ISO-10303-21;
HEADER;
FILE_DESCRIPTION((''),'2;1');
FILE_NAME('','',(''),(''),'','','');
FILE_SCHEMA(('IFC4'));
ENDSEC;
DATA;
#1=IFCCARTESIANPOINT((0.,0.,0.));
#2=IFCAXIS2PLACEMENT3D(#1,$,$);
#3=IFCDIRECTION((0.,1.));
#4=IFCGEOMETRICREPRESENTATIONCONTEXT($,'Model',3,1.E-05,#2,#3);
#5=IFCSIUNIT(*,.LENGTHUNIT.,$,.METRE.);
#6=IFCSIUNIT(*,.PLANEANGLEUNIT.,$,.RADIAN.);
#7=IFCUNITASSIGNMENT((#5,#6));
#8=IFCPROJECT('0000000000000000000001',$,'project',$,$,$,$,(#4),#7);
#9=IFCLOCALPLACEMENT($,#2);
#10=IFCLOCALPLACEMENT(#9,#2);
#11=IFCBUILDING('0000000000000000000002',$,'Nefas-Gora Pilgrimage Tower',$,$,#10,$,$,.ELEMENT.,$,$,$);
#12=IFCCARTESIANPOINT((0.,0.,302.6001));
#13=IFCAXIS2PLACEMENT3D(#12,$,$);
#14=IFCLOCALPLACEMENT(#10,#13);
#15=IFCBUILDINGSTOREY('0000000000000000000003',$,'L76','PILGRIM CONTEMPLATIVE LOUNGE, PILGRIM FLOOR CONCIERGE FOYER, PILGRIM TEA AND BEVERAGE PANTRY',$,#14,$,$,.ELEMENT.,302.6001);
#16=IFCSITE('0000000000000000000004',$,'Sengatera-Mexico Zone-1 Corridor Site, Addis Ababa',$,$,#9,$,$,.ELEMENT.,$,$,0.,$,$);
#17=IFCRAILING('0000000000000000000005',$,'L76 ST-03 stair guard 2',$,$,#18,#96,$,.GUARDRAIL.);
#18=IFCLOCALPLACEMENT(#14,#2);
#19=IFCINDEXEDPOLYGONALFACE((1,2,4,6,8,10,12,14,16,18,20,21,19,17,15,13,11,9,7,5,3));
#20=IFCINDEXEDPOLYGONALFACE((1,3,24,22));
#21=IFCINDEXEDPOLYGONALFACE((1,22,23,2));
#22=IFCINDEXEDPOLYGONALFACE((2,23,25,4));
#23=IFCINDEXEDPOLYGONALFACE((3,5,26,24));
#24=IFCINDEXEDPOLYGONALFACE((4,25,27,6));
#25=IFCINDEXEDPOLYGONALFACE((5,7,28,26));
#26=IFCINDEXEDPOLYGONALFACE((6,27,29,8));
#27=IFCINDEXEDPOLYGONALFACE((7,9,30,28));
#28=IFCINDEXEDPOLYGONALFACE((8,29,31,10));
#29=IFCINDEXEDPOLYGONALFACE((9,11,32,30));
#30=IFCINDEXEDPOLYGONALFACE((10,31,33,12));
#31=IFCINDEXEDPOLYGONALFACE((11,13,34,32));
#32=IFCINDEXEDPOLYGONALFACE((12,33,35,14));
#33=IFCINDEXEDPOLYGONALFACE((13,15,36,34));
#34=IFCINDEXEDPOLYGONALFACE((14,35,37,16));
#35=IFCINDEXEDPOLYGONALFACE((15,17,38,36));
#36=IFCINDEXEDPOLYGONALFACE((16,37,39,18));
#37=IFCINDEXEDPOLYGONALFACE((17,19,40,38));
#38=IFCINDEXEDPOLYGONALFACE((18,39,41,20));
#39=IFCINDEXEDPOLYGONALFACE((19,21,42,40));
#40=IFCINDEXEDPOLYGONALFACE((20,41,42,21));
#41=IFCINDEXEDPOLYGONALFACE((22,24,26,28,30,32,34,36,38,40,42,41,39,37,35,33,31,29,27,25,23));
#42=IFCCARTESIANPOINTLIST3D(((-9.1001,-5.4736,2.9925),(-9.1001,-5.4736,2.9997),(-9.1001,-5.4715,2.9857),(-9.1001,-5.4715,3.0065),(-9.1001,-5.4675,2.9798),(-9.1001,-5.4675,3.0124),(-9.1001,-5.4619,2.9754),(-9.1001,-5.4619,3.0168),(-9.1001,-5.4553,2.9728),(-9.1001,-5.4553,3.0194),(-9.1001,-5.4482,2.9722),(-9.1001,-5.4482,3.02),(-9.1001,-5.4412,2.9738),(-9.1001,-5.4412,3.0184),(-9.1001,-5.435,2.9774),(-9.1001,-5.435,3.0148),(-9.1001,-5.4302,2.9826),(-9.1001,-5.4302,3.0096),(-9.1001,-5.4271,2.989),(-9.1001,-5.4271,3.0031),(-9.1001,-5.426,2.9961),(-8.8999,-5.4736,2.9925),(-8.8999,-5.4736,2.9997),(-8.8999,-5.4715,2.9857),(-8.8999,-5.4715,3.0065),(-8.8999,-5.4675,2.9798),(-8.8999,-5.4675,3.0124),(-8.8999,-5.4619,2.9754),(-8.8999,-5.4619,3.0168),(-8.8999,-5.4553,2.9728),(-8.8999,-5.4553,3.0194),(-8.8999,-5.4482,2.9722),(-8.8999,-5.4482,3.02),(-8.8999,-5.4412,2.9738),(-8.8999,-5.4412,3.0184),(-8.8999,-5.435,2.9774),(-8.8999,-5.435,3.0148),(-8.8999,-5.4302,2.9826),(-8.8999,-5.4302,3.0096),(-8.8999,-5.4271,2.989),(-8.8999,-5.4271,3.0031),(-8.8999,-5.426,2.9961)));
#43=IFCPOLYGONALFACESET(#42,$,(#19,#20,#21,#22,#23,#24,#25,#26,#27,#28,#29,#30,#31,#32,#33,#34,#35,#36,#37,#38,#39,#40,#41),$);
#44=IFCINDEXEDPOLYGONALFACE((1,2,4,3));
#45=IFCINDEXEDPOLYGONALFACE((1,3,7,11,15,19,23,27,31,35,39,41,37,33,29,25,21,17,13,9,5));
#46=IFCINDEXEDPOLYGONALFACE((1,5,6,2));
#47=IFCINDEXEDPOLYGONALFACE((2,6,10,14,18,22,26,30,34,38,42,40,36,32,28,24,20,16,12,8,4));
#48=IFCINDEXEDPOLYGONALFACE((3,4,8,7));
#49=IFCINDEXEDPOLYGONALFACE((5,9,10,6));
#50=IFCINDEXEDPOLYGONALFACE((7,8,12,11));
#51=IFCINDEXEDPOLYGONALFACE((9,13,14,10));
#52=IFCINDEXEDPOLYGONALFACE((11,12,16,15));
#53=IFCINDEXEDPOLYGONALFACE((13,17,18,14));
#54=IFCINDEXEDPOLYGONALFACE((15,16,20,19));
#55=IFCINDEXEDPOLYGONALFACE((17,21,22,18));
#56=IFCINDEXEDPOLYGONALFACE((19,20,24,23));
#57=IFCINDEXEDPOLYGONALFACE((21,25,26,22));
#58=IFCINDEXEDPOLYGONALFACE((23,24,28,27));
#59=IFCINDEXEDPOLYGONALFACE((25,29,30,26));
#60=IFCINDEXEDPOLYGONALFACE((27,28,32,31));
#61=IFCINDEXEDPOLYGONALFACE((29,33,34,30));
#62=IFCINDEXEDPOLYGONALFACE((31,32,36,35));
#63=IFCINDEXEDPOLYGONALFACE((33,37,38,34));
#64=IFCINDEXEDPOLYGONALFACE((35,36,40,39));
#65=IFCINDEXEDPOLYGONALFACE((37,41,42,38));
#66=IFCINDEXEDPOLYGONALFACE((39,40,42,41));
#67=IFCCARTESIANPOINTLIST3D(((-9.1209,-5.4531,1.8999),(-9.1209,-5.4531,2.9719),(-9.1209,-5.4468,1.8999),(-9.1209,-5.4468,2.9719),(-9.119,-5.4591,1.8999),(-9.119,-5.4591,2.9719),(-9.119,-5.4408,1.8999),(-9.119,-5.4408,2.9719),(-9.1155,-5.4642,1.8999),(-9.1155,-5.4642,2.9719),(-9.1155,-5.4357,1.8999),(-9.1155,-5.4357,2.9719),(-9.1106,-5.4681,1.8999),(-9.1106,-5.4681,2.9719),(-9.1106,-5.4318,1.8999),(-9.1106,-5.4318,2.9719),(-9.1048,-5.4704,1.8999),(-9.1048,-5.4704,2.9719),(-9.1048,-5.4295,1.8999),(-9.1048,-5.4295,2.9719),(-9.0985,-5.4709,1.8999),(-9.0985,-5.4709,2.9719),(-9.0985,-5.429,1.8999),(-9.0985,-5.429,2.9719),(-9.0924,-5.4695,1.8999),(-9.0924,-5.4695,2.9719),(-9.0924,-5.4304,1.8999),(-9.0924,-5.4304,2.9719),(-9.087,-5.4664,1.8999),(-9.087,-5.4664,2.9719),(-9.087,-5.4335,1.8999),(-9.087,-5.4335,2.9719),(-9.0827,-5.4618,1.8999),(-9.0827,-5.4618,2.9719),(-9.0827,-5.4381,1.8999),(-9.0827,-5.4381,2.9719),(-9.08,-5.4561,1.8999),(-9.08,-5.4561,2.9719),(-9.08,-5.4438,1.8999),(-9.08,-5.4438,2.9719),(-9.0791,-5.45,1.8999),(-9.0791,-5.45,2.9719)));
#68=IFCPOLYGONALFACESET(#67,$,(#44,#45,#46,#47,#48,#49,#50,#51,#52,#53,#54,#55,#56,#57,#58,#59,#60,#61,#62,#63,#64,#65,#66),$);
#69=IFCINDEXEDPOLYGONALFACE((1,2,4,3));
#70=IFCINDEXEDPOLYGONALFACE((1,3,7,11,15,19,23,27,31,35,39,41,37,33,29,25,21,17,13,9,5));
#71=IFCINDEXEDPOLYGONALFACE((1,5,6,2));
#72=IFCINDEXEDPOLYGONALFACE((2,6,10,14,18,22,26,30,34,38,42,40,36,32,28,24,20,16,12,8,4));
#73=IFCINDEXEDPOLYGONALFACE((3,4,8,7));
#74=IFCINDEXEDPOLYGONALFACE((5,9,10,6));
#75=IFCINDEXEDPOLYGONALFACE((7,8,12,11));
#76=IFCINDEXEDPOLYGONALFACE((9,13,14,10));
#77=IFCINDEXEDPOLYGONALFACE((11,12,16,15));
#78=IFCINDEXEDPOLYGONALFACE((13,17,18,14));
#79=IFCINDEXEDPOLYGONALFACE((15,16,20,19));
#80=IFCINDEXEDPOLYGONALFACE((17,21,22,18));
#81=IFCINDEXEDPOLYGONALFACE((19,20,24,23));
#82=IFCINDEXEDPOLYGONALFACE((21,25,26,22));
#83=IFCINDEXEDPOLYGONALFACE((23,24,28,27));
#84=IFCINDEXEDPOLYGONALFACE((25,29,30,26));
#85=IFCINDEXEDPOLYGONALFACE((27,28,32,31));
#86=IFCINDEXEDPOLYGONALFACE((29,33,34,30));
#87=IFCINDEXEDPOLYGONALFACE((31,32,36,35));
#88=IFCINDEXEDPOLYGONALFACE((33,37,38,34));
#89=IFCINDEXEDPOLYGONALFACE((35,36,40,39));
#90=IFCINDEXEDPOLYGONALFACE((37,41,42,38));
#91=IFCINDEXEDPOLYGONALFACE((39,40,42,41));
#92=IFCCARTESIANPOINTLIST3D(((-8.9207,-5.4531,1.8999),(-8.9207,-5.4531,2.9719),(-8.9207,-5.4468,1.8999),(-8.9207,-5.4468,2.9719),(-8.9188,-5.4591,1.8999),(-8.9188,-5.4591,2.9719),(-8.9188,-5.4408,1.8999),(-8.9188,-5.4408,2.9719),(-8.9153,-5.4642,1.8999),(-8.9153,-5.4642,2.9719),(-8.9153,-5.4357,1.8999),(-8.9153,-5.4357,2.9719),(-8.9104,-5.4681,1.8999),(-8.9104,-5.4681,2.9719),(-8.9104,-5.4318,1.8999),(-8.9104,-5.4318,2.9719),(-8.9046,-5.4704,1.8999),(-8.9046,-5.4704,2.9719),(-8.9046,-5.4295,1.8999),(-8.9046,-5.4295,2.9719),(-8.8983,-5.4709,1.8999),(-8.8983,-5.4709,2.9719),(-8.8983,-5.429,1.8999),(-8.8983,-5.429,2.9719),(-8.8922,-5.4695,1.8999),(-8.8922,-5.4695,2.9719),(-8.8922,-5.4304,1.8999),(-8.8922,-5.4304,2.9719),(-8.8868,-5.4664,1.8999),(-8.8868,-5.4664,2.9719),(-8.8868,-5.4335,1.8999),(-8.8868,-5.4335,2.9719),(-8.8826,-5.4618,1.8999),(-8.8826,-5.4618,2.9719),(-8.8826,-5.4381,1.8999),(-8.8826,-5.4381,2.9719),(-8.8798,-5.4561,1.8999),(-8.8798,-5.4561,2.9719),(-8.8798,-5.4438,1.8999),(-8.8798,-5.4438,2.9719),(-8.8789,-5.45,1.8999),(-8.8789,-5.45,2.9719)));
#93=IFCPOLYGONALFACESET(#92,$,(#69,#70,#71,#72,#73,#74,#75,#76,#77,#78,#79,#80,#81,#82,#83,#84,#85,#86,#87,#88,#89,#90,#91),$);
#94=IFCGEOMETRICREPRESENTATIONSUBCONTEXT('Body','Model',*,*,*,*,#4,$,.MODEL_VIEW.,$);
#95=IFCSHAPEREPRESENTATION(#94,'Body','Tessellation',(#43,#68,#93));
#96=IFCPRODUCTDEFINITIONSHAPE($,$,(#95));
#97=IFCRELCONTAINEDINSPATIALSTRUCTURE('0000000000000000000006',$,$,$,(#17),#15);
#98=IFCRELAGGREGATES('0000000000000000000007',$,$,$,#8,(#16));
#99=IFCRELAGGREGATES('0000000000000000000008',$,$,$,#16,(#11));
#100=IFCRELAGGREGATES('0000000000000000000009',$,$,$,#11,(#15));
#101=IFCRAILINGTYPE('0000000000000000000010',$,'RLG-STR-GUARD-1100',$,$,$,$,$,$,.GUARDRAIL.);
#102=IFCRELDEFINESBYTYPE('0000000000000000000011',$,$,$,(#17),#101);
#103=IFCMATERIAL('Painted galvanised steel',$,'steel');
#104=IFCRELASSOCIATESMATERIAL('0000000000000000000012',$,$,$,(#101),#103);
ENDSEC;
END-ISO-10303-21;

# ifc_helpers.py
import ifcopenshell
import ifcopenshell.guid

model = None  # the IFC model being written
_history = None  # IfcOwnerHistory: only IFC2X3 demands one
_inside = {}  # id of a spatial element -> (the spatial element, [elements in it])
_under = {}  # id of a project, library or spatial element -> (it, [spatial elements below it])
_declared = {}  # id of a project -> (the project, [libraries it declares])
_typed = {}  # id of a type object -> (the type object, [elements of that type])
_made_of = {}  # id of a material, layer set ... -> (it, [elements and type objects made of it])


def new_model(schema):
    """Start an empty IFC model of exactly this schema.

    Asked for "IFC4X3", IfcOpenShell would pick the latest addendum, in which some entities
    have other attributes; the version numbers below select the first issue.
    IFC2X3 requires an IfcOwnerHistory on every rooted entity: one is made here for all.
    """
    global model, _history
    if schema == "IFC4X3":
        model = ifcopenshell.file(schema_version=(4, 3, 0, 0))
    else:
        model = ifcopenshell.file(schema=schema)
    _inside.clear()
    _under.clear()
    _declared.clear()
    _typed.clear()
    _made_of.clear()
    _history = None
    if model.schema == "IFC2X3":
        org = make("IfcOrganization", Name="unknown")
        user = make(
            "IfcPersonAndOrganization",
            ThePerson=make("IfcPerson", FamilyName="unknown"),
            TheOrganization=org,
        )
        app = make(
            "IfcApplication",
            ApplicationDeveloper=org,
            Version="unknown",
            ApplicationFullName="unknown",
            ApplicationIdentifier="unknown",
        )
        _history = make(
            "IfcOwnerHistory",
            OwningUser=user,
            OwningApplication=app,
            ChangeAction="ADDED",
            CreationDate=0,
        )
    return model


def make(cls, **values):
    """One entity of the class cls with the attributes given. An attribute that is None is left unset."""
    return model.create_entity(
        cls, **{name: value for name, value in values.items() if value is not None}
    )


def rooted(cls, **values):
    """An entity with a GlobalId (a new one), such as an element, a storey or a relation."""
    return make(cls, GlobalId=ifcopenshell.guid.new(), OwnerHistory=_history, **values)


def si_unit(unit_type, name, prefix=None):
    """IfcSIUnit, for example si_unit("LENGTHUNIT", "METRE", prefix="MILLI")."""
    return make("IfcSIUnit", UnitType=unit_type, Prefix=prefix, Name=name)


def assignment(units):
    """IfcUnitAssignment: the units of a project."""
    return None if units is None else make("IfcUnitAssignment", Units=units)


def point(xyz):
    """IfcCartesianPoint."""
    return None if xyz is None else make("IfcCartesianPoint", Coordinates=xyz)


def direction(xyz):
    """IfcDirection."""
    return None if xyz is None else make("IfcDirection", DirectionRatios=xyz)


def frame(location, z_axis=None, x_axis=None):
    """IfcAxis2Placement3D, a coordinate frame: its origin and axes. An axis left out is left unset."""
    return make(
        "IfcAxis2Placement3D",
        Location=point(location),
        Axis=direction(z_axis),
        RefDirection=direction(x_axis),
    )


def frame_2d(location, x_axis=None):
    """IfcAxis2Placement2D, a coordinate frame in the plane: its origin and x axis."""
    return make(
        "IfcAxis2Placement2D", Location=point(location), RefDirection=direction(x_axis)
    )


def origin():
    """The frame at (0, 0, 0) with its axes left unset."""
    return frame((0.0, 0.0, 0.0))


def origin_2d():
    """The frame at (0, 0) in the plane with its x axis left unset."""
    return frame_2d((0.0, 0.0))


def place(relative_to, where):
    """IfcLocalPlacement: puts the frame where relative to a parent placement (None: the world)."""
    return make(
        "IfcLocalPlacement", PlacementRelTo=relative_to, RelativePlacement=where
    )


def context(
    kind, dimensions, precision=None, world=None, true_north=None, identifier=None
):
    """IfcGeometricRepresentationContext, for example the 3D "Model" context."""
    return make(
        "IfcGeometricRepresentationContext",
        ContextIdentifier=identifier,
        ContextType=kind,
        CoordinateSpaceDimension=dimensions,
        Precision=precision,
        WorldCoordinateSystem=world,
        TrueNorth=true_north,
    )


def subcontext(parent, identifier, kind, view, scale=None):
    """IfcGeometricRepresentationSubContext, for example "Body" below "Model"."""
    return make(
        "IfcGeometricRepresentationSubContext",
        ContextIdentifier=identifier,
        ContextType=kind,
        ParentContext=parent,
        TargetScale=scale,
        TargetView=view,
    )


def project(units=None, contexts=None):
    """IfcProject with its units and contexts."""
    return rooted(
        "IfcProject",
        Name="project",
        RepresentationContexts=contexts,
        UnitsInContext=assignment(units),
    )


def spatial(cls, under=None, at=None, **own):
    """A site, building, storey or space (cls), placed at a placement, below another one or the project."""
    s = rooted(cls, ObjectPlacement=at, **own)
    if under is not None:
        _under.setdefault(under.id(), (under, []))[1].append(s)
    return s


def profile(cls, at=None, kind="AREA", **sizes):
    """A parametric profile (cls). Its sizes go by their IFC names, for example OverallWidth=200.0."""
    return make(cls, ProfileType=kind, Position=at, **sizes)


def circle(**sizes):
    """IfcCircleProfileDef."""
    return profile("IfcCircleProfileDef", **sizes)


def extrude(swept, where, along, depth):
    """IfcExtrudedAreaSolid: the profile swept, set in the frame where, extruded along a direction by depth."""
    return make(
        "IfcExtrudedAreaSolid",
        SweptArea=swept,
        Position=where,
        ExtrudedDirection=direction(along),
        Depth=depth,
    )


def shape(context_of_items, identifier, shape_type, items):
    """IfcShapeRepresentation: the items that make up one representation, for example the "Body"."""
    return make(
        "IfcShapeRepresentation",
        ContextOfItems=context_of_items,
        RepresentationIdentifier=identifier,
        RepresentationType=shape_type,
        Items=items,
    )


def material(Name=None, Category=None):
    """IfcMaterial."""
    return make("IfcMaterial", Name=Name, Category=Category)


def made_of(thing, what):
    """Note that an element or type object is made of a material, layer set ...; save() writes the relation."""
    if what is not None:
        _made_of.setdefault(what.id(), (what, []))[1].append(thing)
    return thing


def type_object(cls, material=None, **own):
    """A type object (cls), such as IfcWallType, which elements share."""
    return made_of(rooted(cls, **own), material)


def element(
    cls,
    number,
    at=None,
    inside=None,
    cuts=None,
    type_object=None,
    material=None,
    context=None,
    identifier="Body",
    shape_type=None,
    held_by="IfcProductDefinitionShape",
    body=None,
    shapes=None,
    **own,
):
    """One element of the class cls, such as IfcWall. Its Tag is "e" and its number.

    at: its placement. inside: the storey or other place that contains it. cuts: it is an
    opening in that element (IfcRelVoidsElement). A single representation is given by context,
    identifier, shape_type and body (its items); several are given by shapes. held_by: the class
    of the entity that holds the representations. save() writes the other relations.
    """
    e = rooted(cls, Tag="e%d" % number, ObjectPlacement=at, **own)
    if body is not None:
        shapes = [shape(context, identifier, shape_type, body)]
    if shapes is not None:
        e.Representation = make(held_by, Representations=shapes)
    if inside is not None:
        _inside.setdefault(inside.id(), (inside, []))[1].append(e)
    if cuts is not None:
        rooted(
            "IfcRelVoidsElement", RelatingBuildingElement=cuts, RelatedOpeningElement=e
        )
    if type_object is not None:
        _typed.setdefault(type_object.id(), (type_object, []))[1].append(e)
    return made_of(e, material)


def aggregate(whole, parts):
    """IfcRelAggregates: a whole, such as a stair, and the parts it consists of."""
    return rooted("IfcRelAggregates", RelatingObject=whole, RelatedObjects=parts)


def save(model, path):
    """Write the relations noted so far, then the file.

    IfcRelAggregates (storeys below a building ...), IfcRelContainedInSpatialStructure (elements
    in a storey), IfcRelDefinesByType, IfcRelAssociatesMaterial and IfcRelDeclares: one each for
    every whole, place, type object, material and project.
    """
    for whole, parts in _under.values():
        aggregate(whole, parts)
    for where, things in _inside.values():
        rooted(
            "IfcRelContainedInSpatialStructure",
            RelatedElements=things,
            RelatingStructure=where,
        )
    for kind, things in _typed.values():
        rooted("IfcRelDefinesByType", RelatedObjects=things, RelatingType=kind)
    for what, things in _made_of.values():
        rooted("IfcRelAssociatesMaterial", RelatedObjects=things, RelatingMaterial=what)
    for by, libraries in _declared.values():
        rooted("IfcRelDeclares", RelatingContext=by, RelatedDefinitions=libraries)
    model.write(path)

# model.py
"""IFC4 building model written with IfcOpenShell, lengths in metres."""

from ifc_helpers import new_model, si_unit, direction, frame, origin, origin_2d, place, context, subcontext, project, spatial, circle, extrude, material, type_object, element, save


model = new_model("IFC4")

# Units and contexts
model_context = context("Model", 3, precision=1e-05, world=origin(), true_north=direction((0.0, 1.0)))
body_context = subcontext(model_context, "Body", "Model", "MODEL_VIEW")
ifc_project = project(units=[si_unit("LENGTHUNIT", "METRE"), si_unit("PLANEANGLEUNIT", "RADIAN")], contexts=[model_context])

# Site, building, storey
site_placement = place(None, origin())
site = spatial("IfcSite", under=ifc_project, at=site_placement, Name="Sengatera-Mexico Zone-1 Corridor Site, Addis Ababa", CompositionType="ELEMENT", RefElevation=0.0)
building_placement = place(site_placement, origin())
building = spatial("IfcBuilding", under=site, at=building_placement, Name="Nefas-Gora Pilgrimage Tower", CompositionType="ELEMENT")
storey_placement = place(building_placement, frame((0.0, 0.0, 302.6001)))
storey = spatial("IfcBuildingStorey", under=building, at=storey_placement, Name="L76", Description="PILGRIM CONTEMPLATIVE LOUNGE, PILGRIM FLOOR CONCIERGE FOYER, PILGRIM TEA AND BEVERAGE PANTRY", CompositionType="ELEMENT", Elevation=302.6001)

# Railing
ifc_material_1 = material(Name="Painted galvanised steel", Category="steel")
railing_type_1 = type_object("IfcRailingType", Name="RLG-STR-GUARD-1100", PredefinedType="GUARDRAIL", material=ifc_material_1)
railing_1_placement = place(storey_placement, frame((-9.1001, -5.45, 1.8999)))
element("IfcRailing", 1, at=railing_1_placement, inside=storey, type_object=railing_type_1, Name="L76 ST-03 stair guard 2", PredefinedType="GUARDRAIL", context=body_context, shape_type="SweptSolid", body=[
    extrude(circle(Radius=0.0239, at=origin_2d()), frame((0.0, 0.0, 1.0962), z_axis=(1.0, 0.0, 0.0), x_axis=(0.0, 1.0, 0.0)), (0.0, 0.0, 1.0), 0.2002),
    extrude(circle(Radius=0.021, at=origin_2d()), origin(), (0.0, 0.0, 1.0), 1.072),
    extrude(circle(Radius=0.021, at=origin_2d()), frame((0.2002, 0.0, 0.0)), (0.0, 0.0, 1.0), 1.072),
])

save(model, "model.ifc")
